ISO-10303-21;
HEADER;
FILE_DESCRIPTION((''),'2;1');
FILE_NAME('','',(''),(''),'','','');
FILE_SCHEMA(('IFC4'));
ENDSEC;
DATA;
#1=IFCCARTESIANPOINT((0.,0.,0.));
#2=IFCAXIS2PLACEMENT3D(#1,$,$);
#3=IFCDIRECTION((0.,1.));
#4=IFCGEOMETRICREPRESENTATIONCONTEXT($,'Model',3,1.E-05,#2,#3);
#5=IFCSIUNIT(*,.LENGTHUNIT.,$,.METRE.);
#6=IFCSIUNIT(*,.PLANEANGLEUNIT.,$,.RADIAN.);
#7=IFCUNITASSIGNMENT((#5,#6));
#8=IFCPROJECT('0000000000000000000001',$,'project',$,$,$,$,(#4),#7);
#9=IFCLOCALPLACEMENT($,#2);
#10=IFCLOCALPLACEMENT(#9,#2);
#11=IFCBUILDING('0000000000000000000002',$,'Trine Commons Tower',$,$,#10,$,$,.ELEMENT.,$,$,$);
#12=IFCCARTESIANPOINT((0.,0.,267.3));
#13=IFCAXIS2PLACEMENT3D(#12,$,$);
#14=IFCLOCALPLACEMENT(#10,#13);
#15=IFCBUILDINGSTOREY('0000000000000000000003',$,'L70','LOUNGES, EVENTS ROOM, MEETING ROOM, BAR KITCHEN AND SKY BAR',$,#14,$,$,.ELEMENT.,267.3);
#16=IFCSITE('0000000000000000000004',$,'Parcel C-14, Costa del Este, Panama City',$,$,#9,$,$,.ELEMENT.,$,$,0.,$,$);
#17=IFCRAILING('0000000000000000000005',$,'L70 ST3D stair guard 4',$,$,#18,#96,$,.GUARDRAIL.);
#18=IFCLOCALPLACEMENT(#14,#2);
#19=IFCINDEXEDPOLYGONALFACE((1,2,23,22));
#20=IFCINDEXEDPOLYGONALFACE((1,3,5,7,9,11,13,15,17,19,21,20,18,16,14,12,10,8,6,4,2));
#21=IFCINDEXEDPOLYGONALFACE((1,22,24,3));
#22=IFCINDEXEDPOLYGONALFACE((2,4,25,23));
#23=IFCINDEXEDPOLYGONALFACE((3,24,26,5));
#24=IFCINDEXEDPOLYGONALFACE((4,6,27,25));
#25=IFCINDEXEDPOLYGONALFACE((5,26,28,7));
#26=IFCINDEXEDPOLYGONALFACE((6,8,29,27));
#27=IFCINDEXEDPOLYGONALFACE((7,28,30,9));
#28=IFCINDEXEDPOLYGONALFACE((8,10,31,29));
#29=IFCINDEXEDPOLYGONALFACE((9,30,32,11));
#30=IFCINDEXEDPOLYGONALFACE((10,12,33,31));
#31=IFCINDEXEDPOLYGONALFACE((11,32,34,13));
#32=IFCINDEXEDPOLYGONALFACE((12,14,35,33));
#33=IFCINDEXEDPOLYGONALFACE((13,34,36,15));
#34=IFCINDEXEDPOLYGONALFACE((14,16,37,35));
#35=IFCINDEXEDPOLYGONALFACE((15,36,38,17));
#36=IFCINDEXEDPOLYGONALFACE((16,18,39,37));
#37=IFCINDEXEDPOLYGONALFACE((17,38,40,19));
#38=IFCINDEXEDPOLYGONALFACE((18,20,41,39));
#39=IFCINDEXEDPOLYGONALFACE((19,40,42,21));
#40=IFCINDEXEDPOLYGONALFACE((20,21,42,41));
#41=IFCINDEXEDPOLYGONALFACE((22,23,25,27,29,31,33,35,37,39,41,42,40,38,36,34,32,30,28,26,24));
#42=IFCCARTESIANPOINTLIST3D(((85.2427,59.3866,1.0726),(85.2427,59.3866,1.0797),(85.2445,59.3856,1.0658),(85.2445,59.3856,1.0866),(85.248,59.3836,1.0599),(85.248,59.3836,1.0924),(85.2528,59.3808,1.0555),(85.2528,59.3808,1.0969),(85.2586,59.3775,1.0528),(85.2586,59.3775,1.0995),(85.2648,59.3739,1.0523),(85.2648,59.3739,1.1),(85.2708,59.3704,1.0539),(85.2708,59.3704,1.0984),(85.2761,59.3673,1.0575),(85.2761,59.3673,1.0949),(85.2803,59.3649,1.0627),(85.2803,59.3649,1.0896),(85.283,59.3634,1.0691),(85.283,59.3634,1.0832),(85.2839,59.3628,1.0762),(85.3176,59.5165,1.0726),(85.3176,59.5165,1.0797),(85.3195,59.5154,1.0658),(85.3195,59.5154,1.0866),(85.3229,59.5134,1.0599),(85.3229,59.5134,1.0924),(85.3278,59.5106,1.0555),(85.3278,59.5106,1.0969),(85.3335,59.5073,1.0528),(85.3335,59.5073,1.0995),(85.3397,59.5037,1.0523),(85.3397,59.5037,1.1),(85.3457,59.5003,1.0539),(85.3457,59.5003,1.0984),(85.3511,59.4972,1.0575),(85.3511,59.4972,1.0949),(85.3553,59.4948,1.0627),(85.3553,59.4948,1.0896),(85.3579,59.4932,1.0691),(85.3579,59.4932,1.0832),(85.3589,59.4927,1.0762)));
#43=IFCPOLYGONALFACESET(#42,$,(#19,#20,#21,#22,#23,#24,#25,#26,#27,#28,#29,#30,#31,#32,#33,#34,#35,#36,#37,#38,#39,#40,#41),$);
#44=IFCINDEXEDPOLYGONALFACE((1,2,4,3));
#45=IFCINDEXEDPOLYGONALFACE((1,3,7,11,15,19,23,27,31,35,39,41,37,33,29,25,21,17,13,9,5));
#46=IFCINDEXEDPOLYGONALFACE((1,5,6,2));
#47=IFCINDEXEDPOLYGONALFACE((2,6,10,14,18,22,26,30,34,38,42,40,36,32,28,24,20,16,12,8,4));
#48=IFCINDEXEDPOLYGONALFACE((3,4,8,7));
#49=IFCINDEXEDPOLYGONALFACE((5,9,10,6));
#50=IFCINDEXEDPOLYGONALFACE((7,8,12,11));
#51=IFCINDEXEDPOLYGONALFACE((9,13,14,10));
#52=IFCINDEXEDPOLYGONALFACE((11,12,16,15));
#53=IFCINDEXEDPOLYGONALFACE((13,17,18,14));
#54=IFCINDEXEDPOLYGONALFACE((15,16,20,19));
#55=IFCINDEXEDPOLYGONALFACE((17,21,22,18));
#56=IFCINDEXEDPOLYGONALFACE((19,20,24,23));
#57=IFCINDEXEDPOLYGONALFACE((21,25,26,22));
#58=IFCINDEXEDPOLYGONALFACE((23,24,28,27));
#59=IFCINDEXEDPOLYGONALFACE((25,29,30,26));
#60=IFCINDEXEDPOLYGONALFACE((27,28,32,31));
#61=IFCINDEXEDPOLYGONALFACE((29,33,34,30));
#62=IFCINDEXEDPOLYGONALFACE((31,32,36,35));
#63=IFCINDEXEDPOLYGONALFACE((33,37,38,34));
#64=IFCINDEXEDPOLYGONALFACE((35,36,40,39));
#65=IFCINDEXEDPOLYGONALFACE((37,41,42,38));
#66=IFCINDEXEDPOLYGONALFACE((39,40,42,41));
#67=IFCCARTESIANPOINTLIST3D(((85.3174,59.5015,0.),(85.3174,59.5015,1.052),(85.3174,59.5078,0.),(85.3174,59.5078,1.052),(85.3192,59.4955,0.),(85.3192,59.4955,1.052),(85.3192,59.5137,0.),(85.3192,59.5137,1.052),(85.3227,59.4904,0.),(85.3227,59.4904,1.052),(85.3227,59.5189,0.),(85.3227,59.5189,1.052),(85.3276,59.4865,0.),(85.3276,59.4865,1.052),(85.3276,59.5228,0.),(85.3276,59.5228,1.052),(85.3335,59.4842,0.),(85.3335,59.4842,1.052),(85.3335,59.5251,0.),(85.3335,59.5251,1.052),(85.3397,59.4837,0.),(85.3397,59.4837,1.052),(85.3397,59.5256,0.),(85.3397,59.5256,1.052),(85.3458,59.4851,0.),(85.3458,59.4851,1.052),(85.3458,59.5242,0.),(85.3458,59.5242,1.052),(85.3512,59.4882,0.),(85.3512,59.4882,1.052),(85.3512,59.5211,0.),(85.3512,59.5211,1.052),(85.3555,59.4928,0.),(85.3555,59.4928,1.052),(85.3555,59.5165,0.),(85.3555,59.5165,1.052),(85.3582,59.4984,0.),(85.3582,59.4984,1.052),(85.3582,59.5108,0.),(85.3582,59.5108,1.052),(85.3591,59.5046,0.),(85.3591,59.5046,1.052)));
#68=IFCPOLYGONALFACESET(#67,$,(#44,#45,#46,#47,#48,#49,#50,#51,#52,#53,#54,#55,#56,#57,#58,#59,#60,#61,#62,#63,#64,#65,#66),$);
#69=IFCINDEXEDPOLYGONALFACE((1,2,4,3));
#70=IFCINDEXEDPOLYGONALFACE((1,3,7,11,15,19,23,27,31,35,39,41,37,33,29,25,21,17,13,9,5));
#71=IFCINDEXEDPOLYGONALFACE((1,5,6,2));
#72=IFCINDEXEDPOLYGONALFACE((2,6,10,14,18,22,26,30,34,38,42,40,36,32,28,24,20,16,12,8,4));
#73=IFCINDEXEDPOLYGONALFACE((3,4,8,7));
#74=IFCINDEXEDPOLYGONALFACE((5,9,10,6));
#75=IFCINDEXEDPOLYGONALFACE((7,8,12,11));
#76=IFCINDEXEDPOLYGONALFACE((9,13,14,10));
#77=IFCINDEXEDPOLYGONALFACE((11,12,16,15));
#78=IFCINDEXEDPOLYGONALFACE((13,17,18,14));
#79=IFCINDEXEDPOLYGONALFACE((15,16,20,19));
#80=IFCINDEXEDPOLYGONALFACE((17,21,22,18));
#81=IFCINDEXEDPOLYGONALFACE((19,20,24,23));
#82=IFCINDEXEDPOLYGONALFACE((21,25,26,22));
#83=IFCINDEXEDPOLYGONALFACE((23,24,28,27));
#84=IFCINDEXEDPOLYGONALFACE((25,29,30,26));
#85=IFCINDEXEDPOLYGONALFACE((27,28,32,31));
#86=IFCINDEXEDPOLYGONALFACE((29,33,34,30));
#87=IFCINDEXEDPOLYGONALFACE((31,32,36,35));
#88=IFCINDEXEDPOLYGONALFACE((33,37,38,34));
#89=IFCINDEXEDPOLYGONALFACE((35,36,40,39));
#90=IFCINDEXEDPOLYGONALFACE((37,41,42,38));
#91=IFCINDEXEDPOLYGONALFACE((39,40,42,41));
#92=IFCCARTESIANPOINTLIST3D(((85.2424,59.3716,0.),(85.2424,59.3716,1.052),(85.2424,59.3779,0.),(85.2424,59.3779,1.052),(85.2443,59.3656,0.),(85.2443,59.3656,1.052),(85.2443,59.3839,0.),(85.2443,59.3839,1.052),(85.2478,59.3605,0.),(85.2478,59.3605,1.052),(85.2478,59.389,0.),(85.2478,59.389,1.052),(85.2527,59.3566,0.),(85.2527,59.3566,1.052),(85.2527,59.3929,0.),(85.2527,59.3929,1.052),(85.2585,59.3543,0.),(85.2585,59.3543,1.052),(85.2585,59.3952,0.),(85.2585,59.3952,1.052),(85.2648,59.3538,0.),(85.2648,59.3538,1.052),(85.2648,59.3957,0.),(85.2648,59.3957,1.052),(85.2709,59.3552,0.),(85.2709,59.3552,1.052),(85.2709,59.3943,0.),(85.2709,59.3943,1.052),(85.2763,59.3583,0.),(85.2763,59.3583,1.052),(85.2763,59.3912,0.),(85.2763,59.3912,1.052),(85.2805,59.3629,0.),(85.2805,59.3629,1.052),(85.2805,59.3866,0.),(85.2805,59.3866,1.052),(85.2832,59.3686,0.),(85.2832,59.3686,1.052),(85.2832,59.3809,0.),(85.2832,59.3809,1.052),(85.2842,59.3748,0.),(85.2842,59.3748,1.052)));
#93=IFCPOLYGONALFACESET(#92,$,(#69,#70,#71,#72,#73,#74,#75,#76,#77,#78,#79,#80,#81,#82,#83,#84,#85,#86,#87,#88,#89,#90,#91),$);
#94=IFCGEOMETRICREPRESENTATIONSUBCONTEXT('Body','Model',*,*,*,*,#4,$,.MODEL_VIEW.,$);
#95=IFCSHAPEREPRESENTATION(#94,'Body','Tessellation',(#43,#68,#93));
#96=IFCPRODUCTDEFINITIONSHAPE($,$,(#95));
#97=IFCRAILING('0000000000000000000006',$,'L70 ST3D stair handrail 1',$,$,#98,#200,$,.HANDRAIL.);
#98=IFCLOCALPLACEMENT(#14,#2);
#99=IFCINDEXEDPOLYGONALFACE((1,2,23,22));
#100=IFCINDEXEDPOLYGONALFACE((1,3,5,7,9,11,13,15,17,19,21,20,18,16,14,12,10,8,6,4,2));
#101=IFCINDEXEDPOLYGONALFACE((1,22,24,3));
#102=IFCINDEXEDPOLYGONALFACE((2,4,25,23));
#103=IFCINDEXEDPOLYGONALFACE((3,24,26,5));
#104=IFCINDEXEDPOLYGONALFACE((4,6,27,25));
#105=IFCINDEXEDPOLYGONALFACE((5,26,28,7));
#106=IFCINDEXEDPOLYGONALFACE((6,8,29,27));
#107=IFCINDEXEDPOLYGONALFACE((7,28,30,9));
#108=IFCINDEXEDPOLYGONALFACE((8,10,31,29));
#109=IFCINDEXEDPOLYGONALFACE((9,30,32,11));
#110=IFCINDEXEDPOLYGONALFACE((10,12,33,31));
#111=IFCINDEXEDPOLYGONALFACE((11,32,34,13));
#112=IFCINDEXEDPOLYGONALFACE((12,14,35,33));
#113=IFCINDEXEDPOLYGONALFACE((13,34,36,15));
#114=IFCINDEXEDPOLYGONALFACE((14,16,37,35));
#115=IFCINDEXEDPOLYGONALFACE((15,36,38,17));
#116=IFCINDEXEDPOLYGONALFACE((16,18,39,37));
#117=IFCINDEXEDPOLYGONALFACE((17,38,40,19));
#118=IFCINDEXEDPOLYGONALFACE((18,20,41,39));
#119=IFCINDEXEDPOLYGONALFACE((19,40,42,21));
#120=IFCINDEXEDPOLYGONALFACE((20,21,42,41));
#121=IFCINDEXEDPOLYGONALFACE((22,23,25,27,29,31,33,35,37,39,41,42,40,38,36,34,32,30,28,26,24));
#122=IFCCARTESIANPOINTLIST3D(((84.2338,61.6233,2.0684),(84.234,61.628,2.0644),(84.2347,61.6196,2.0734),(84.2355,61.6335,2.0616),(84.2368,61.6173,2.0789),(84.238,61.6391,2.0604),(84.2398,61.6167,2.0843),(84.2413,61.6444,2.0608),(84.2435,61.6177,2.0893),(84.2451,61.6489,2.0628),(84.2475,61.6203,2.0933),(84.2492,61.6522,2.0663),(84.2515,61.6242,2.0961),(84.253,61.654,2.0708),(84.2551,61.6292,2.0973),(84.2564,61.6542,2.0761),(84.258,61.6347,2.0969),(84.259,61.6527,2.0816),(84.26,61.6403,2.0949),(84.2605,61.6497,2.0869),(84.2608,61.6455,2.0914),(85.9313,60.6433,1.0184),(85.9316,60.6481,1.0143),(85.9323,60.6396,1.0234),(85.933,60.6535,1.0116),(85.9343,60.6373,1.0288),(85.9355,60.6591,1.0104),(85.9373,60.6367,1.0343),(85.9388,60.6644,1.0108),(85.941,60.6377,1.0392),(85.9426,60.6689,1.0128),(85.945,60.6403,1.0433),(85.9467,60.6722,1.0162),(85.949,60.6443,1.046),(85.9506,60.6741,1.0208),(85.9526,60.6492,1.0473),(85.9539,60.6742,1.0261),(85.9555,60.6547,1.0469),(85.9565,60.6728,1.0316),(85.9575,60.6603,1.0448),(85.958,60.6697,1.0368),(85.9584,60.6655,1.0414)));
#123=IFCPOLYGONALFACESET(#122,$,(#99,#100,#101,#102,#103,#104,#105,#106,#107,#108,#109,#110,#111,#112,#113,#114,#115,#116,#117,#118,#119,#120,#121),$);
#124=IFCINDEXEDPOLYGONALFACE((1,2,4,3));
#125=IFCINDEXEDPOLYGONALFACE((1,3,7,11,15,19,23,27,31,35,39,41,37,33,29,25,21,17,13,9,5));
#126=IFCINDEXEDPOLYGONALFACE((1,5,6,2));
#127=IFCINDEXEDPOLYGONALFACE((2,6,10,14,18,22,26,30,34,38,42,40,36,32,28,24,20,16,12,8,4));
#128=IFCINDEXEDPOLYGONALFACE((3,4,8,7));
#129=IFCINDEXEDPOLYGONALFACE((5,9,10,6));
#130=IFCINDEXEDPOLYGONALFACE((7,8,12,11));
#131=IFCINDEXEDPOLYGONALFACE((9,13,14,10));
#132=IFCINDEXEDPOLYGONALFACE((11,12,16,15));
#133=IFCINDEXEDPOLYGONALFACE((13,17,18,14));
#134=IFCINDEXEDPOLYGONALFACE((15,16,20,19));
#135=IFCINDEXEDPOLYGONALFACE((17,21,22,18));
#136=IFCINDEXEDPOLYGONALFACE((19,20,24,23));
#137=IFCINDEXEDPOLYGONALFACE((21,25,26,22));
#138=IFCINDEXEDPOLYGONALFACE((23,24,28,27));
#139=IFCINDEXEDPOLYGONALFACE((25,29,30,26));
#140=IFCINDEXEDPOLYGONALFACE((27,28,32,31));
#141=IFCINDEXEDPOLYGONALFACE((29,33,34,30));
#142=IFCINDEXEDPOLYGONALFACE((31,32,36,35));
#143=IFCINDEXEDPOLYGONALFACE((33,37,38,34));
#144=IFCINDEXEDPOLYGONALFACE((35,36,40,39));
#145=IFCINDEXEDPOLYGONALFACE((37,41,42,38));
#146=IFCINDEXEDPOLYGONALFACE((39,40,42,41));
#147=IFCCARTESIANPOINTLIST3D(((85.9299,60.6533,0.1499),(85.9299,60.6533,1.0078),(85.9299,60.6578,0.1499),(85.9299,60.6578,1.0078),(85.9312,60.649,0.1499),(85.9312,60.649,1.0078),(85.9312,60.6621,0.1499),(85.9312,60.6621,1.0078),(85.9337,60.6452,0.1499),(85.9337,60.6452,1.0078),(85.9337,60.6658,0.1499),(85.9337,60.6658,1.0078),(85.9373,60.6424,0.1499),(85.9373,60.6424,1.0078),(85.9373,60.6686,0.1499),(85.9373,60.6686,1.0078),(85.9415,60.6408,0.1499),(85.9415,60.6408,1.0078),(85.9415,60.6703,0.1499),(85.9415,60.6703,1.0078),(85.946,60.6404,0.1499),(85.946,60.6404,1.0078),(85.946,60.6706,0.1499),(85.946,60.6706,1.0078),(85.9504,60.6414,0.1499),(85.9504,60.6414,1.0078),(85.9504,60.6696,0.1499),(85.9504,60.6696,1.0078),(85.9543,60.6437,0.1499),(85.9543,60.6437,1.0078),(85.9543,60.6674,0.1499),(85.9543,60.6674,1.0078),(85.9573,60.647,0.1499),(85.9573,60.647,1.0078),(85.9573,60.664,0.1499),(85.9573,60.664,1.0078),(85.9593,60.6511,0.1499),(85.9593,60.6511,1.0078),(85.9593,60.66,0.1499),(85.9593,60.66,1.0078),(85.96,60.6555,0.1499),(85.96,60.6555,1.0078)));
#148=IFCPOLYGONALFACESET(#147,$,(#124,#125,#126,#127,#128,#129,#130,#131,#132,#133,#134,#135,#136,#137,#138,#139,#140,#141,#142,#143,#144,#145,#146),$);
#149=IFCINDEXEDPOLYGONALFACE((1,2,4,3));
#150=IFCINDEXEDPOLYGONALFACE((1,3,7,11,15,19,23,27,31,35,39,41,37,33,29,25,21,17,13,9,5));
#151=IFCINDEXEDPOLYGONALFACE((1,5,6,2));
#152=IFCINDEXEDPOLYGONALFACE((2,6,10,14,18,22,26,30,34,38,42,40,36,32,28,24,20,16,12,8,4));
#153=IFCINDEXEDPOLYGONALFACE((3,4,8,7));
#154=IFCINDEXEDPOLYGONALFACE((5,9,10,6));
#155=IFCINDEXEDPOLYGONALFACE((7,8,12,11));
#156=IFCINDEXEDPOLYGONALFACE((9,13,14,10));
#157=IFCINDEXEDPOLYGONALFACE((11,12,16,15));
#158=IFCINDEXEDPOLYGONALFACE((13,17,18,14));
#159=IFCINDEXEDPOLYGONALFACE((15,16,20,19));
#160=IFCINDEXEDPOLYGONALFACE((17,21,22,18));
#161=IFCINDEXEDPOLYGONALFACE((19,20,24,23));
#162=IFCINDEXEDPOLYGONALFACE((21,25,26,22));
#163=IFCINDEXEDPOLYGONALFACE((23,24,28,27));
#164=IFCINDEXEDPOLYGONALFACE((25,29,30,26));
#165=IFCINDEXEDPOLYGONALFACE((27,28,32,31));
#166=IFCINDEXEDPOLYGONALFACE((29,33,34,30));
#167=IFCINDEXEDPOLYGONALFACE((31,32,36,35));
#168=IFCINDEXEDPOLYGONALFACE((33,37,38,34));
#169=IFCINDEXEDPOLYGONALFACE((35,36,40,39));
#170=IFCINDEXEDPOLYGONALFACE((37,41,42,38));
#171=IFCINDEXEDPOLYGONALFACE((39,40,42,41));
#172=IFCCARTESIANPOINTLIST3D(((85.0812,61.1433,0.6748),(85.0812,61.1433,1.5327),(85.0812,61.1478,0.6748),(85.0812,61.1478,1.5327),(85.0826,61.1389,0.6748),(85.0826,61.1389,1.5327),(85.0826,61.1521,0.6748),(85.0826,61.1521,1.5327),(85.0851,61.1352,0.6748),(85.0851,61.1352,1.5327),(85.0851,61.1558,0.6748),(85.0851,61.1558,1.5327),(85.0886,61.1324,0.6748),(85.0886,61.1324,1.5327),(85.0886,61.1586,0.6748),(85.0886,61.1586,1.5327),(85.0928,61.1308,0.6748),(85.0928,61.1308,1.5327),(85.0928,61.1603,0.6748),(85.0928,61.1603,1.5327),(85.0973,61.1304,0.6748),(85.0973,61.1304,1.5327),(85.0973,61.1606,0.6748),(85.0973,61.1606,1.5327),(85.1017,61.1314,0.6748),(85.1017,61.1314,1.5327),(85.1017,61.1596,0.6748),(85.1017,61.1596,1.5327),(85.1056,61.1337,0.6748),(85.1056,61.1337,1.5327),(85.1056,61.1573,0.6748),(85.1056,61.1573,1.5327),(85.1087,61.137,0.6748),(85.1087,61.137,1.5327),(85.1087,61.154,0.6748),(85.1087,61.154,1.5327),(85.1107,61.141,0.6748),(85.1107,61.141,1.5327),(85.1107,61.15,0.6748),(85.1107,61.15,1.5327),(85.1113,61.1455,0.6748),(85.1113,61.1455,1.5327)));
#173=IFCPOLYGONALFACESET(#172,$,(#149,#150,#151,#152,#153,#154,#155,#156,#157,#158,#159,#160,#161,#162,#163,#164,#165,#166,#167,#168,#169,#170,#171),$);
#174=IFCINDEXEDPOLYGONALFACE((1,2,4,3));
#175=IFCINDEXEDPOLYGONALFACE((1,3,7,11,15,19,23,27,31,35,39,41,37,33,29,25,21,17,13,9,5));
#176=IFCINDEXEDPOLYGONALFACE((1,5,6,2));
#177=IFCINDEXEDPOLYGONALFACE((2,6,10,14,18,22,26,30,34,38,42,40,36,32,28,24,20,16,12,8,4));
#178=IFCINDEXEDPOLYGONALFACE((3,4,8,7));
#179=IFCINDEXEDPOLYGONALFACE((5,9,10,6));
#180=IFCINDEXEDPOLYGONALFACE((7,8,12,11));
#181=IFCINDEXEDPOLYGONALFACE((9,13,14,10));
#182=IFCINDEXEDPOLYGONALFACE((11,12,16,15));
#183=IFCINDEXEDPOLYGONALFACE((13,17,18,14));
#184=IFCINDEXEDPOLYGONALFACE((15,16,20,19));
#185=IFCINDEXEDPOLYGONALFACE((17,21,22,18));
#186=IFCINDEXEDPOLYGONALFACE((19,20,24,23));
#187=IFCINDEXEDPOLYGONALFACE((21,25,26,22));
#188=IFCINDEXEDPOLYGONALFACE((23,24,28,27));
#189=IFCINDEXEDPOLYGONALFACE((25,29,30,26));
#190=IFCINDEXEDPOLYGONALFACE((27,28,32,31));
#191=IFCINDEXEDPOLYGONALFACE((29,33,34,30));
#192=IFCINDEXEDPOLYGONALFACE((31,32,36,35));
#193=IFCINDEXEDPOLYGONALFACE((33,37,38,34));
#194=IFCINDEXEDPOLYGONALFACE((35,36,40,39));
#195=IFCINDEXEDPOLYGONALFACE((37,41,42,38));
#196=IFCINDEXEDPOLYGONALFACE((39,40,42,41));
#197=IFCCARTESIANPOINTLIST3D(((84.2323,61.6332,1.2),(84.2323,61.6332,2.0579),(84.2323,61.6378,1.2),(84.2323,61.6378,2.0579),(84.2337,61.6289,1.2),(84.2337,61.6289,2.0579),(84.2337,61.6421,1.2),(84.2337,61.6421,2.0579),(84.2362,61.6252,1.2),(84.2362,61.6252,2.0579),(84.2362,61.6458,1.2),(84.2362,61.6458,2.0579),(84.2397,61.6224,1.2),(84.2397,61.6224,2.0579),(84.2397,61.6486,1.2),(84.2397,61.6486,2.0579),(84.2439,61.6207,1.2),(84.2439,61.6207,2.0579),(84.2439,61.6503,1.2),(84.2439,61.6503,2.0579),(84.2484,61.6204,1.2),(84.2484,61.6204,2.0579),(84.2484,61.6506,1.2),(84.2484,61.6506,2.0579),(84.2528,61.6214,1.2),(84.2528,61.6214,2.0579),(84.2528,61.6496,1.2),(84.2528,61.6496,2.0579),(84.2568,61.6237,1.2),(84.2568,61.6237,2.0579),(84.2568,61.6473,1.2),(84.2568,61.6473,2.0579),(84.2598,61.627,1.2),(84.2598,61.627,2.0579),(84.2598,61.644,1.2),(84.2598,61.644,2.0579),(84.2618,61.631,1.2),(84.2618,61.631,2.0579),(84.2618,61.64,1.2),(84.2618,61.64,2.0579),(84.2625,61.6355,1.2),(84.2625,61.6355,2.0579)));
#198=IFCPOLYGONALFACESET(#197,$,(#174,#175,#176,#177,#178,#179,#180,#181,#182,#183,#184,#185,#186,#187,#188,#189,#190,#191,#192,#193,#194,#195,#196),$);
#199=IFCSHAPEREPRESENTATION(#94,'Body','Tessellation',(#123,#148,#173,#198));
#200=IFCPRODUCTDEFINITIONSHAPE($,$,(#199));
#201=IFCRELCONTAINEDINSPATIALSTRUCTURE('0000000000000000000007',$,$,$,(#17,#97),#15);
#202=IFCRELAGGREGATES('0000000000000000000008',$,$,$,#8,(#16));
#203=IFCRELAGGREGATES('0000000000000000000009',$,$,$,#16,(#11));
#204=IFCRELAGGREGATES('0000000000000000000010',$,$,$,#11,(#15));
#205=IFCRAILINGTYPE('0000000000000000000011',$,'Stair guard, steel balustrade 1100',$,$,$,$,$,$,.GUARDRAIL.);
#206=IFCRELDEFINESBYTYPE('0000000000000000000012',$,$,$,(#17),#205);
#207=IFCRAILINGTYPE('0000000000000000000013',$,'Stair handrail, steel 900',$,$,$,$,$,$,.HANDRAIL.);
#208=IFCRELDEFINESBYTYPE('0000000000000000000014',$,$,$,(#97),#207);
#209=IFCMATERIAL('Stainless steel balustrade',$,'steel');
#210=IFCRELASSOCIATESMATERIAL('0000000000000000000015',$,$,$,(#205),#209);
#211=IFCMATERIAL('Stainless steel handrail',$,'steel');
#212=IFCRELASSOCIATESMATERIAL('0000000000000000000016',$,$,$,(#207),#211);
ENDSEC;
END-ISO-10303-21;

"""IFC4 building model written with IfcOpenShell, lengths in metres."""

from ifc_helpers import new_model, si_unit, direction, frame, origin, origin_2d, place, context, subcontext, project, spatial, circle, extrude, material, type_object, element, save


model = new_model("IFC4")

# Units and contexts
model_context = context("Model", 3, precision=1e-05, world=origin(), true_north=direction((0.0, 1.0)))
body_context = subcontext(model_context, "Body", "Model", "MODEL_VIEW")
ifc_project = project(units=[si_unit("LENGTHUNIT", "METRE"), si_unit("PLANEANGLEUNIT", "RADIAN")], contexts=[model_context])

# Site, building, storey
site_placement = place(None, origin())
site = spatial("IfcSite", under=ifc_project, at=site_placement, Name="Parcel C-14, Costa del Este, Panama City", CompositionType="ELEMENT", RefElevation=0.0)
building_placement = place(site_placement, origin())
building = spatial("IfcBuilding", under=site, at=building_placement, Name="Trine Commons Tower", CompositionType="ELEMENT")
storey_placement = place(building_placement, frame((0.0, 0.0, 267.3)))
storey = spatial("IfcBuildingStorey", under=building, at=storey_placement, Name="L70", Description="LOUNGES, EVENTS ROOM, MEETING ROOM, BAR KITCHEN AND SKY BAR", CompositionType="ELEMENT", Elevation=267.3)

# Railings
ifc_material_1 = material(Name="Stainless steel balustrade", Category="steel")
railing_type_1 = type_object("IfcRailingType", Name="Stair guard, steel balustrade 1100", PredefinedType="GUARDRAIL", material=ifc_material_1)
railing_1_placement = place(storey_placement, frame((85.3381, 59.5046, 0.0)))
element("IfcRailing", 1, at=railing_1_placement, inside=storey, type_object=railing_type_1, Name="L70 ST3D stair guard 4", PredefinedType="GUARDRAIL", context=body_context, shape_type="SweptSolid", body=[
    extrude(circle(Radius=0.0239, at=origin_2d()), frame((0.0, 0.0, 1.0762), z_axis=(-0.499816, -0.866131, 0.0), x_axis=(0.866131, -0.499816, 0.0)), (0.0, 0.0, 1.0), 0.1499),
    extrude(circle(Radius=0.021, at=origin_2d()), origin(), (0.0, 0.0, 1.0), 1.052),
    extrude(circle(Radius=0.021, at=origin_2d()), frame((-0.075, -0.1299, 0.0)), (0.0, 0.0, 1.0), 1.052),
])
ifc_material_2 = material(Name="Stainless steel handrail", Category="steel")
railing_type_2 = type_object("IfcRailingType", Name="Stair handrail, steel 900", PredefinedType="HANDRAIL", material=ifc_material_2)
railing_2_placement = place(storey_placement, frame((85.9448, 60.6555, 0.1499)))
element("IfcRailing", 2, at=railing_2_placement, inside=storey, type_object=railing_type_2, Name="L70 ST3D stair handrail 1", PredefinedType="HANDRAIL", context=body_context, shape_type="SweptSolid", body=[
    extrude(circle(Radius=0.021, at=origin_2d()), frame((0.0, 0.0, 0.8789), z_axis=(-0.763398, 0.440713, 0.472224), x_axis=(-0.49997, -0.866042, 0.0)), (0.0, 0.0, 1.0), 2.2236),
    extrude(circle(Radius=0.0151, at=origin_2d()), origin(), (0.0, 0.0, 1.0), 0.8579),
    extrude(circle(Radius=0.0151, at=origin_2d()), frame((-0.8486, 0.49, 0.5249)), (0.0, 0.0, 1.0), 0.8579),
    extrude(circle(Radius=0.0151, at=origin_2d()), frame((-1.6975, 0.98, 1.05)), (0.0, 0.0, 1.0), 0.8579),
])

save(model, "model.ifc")
